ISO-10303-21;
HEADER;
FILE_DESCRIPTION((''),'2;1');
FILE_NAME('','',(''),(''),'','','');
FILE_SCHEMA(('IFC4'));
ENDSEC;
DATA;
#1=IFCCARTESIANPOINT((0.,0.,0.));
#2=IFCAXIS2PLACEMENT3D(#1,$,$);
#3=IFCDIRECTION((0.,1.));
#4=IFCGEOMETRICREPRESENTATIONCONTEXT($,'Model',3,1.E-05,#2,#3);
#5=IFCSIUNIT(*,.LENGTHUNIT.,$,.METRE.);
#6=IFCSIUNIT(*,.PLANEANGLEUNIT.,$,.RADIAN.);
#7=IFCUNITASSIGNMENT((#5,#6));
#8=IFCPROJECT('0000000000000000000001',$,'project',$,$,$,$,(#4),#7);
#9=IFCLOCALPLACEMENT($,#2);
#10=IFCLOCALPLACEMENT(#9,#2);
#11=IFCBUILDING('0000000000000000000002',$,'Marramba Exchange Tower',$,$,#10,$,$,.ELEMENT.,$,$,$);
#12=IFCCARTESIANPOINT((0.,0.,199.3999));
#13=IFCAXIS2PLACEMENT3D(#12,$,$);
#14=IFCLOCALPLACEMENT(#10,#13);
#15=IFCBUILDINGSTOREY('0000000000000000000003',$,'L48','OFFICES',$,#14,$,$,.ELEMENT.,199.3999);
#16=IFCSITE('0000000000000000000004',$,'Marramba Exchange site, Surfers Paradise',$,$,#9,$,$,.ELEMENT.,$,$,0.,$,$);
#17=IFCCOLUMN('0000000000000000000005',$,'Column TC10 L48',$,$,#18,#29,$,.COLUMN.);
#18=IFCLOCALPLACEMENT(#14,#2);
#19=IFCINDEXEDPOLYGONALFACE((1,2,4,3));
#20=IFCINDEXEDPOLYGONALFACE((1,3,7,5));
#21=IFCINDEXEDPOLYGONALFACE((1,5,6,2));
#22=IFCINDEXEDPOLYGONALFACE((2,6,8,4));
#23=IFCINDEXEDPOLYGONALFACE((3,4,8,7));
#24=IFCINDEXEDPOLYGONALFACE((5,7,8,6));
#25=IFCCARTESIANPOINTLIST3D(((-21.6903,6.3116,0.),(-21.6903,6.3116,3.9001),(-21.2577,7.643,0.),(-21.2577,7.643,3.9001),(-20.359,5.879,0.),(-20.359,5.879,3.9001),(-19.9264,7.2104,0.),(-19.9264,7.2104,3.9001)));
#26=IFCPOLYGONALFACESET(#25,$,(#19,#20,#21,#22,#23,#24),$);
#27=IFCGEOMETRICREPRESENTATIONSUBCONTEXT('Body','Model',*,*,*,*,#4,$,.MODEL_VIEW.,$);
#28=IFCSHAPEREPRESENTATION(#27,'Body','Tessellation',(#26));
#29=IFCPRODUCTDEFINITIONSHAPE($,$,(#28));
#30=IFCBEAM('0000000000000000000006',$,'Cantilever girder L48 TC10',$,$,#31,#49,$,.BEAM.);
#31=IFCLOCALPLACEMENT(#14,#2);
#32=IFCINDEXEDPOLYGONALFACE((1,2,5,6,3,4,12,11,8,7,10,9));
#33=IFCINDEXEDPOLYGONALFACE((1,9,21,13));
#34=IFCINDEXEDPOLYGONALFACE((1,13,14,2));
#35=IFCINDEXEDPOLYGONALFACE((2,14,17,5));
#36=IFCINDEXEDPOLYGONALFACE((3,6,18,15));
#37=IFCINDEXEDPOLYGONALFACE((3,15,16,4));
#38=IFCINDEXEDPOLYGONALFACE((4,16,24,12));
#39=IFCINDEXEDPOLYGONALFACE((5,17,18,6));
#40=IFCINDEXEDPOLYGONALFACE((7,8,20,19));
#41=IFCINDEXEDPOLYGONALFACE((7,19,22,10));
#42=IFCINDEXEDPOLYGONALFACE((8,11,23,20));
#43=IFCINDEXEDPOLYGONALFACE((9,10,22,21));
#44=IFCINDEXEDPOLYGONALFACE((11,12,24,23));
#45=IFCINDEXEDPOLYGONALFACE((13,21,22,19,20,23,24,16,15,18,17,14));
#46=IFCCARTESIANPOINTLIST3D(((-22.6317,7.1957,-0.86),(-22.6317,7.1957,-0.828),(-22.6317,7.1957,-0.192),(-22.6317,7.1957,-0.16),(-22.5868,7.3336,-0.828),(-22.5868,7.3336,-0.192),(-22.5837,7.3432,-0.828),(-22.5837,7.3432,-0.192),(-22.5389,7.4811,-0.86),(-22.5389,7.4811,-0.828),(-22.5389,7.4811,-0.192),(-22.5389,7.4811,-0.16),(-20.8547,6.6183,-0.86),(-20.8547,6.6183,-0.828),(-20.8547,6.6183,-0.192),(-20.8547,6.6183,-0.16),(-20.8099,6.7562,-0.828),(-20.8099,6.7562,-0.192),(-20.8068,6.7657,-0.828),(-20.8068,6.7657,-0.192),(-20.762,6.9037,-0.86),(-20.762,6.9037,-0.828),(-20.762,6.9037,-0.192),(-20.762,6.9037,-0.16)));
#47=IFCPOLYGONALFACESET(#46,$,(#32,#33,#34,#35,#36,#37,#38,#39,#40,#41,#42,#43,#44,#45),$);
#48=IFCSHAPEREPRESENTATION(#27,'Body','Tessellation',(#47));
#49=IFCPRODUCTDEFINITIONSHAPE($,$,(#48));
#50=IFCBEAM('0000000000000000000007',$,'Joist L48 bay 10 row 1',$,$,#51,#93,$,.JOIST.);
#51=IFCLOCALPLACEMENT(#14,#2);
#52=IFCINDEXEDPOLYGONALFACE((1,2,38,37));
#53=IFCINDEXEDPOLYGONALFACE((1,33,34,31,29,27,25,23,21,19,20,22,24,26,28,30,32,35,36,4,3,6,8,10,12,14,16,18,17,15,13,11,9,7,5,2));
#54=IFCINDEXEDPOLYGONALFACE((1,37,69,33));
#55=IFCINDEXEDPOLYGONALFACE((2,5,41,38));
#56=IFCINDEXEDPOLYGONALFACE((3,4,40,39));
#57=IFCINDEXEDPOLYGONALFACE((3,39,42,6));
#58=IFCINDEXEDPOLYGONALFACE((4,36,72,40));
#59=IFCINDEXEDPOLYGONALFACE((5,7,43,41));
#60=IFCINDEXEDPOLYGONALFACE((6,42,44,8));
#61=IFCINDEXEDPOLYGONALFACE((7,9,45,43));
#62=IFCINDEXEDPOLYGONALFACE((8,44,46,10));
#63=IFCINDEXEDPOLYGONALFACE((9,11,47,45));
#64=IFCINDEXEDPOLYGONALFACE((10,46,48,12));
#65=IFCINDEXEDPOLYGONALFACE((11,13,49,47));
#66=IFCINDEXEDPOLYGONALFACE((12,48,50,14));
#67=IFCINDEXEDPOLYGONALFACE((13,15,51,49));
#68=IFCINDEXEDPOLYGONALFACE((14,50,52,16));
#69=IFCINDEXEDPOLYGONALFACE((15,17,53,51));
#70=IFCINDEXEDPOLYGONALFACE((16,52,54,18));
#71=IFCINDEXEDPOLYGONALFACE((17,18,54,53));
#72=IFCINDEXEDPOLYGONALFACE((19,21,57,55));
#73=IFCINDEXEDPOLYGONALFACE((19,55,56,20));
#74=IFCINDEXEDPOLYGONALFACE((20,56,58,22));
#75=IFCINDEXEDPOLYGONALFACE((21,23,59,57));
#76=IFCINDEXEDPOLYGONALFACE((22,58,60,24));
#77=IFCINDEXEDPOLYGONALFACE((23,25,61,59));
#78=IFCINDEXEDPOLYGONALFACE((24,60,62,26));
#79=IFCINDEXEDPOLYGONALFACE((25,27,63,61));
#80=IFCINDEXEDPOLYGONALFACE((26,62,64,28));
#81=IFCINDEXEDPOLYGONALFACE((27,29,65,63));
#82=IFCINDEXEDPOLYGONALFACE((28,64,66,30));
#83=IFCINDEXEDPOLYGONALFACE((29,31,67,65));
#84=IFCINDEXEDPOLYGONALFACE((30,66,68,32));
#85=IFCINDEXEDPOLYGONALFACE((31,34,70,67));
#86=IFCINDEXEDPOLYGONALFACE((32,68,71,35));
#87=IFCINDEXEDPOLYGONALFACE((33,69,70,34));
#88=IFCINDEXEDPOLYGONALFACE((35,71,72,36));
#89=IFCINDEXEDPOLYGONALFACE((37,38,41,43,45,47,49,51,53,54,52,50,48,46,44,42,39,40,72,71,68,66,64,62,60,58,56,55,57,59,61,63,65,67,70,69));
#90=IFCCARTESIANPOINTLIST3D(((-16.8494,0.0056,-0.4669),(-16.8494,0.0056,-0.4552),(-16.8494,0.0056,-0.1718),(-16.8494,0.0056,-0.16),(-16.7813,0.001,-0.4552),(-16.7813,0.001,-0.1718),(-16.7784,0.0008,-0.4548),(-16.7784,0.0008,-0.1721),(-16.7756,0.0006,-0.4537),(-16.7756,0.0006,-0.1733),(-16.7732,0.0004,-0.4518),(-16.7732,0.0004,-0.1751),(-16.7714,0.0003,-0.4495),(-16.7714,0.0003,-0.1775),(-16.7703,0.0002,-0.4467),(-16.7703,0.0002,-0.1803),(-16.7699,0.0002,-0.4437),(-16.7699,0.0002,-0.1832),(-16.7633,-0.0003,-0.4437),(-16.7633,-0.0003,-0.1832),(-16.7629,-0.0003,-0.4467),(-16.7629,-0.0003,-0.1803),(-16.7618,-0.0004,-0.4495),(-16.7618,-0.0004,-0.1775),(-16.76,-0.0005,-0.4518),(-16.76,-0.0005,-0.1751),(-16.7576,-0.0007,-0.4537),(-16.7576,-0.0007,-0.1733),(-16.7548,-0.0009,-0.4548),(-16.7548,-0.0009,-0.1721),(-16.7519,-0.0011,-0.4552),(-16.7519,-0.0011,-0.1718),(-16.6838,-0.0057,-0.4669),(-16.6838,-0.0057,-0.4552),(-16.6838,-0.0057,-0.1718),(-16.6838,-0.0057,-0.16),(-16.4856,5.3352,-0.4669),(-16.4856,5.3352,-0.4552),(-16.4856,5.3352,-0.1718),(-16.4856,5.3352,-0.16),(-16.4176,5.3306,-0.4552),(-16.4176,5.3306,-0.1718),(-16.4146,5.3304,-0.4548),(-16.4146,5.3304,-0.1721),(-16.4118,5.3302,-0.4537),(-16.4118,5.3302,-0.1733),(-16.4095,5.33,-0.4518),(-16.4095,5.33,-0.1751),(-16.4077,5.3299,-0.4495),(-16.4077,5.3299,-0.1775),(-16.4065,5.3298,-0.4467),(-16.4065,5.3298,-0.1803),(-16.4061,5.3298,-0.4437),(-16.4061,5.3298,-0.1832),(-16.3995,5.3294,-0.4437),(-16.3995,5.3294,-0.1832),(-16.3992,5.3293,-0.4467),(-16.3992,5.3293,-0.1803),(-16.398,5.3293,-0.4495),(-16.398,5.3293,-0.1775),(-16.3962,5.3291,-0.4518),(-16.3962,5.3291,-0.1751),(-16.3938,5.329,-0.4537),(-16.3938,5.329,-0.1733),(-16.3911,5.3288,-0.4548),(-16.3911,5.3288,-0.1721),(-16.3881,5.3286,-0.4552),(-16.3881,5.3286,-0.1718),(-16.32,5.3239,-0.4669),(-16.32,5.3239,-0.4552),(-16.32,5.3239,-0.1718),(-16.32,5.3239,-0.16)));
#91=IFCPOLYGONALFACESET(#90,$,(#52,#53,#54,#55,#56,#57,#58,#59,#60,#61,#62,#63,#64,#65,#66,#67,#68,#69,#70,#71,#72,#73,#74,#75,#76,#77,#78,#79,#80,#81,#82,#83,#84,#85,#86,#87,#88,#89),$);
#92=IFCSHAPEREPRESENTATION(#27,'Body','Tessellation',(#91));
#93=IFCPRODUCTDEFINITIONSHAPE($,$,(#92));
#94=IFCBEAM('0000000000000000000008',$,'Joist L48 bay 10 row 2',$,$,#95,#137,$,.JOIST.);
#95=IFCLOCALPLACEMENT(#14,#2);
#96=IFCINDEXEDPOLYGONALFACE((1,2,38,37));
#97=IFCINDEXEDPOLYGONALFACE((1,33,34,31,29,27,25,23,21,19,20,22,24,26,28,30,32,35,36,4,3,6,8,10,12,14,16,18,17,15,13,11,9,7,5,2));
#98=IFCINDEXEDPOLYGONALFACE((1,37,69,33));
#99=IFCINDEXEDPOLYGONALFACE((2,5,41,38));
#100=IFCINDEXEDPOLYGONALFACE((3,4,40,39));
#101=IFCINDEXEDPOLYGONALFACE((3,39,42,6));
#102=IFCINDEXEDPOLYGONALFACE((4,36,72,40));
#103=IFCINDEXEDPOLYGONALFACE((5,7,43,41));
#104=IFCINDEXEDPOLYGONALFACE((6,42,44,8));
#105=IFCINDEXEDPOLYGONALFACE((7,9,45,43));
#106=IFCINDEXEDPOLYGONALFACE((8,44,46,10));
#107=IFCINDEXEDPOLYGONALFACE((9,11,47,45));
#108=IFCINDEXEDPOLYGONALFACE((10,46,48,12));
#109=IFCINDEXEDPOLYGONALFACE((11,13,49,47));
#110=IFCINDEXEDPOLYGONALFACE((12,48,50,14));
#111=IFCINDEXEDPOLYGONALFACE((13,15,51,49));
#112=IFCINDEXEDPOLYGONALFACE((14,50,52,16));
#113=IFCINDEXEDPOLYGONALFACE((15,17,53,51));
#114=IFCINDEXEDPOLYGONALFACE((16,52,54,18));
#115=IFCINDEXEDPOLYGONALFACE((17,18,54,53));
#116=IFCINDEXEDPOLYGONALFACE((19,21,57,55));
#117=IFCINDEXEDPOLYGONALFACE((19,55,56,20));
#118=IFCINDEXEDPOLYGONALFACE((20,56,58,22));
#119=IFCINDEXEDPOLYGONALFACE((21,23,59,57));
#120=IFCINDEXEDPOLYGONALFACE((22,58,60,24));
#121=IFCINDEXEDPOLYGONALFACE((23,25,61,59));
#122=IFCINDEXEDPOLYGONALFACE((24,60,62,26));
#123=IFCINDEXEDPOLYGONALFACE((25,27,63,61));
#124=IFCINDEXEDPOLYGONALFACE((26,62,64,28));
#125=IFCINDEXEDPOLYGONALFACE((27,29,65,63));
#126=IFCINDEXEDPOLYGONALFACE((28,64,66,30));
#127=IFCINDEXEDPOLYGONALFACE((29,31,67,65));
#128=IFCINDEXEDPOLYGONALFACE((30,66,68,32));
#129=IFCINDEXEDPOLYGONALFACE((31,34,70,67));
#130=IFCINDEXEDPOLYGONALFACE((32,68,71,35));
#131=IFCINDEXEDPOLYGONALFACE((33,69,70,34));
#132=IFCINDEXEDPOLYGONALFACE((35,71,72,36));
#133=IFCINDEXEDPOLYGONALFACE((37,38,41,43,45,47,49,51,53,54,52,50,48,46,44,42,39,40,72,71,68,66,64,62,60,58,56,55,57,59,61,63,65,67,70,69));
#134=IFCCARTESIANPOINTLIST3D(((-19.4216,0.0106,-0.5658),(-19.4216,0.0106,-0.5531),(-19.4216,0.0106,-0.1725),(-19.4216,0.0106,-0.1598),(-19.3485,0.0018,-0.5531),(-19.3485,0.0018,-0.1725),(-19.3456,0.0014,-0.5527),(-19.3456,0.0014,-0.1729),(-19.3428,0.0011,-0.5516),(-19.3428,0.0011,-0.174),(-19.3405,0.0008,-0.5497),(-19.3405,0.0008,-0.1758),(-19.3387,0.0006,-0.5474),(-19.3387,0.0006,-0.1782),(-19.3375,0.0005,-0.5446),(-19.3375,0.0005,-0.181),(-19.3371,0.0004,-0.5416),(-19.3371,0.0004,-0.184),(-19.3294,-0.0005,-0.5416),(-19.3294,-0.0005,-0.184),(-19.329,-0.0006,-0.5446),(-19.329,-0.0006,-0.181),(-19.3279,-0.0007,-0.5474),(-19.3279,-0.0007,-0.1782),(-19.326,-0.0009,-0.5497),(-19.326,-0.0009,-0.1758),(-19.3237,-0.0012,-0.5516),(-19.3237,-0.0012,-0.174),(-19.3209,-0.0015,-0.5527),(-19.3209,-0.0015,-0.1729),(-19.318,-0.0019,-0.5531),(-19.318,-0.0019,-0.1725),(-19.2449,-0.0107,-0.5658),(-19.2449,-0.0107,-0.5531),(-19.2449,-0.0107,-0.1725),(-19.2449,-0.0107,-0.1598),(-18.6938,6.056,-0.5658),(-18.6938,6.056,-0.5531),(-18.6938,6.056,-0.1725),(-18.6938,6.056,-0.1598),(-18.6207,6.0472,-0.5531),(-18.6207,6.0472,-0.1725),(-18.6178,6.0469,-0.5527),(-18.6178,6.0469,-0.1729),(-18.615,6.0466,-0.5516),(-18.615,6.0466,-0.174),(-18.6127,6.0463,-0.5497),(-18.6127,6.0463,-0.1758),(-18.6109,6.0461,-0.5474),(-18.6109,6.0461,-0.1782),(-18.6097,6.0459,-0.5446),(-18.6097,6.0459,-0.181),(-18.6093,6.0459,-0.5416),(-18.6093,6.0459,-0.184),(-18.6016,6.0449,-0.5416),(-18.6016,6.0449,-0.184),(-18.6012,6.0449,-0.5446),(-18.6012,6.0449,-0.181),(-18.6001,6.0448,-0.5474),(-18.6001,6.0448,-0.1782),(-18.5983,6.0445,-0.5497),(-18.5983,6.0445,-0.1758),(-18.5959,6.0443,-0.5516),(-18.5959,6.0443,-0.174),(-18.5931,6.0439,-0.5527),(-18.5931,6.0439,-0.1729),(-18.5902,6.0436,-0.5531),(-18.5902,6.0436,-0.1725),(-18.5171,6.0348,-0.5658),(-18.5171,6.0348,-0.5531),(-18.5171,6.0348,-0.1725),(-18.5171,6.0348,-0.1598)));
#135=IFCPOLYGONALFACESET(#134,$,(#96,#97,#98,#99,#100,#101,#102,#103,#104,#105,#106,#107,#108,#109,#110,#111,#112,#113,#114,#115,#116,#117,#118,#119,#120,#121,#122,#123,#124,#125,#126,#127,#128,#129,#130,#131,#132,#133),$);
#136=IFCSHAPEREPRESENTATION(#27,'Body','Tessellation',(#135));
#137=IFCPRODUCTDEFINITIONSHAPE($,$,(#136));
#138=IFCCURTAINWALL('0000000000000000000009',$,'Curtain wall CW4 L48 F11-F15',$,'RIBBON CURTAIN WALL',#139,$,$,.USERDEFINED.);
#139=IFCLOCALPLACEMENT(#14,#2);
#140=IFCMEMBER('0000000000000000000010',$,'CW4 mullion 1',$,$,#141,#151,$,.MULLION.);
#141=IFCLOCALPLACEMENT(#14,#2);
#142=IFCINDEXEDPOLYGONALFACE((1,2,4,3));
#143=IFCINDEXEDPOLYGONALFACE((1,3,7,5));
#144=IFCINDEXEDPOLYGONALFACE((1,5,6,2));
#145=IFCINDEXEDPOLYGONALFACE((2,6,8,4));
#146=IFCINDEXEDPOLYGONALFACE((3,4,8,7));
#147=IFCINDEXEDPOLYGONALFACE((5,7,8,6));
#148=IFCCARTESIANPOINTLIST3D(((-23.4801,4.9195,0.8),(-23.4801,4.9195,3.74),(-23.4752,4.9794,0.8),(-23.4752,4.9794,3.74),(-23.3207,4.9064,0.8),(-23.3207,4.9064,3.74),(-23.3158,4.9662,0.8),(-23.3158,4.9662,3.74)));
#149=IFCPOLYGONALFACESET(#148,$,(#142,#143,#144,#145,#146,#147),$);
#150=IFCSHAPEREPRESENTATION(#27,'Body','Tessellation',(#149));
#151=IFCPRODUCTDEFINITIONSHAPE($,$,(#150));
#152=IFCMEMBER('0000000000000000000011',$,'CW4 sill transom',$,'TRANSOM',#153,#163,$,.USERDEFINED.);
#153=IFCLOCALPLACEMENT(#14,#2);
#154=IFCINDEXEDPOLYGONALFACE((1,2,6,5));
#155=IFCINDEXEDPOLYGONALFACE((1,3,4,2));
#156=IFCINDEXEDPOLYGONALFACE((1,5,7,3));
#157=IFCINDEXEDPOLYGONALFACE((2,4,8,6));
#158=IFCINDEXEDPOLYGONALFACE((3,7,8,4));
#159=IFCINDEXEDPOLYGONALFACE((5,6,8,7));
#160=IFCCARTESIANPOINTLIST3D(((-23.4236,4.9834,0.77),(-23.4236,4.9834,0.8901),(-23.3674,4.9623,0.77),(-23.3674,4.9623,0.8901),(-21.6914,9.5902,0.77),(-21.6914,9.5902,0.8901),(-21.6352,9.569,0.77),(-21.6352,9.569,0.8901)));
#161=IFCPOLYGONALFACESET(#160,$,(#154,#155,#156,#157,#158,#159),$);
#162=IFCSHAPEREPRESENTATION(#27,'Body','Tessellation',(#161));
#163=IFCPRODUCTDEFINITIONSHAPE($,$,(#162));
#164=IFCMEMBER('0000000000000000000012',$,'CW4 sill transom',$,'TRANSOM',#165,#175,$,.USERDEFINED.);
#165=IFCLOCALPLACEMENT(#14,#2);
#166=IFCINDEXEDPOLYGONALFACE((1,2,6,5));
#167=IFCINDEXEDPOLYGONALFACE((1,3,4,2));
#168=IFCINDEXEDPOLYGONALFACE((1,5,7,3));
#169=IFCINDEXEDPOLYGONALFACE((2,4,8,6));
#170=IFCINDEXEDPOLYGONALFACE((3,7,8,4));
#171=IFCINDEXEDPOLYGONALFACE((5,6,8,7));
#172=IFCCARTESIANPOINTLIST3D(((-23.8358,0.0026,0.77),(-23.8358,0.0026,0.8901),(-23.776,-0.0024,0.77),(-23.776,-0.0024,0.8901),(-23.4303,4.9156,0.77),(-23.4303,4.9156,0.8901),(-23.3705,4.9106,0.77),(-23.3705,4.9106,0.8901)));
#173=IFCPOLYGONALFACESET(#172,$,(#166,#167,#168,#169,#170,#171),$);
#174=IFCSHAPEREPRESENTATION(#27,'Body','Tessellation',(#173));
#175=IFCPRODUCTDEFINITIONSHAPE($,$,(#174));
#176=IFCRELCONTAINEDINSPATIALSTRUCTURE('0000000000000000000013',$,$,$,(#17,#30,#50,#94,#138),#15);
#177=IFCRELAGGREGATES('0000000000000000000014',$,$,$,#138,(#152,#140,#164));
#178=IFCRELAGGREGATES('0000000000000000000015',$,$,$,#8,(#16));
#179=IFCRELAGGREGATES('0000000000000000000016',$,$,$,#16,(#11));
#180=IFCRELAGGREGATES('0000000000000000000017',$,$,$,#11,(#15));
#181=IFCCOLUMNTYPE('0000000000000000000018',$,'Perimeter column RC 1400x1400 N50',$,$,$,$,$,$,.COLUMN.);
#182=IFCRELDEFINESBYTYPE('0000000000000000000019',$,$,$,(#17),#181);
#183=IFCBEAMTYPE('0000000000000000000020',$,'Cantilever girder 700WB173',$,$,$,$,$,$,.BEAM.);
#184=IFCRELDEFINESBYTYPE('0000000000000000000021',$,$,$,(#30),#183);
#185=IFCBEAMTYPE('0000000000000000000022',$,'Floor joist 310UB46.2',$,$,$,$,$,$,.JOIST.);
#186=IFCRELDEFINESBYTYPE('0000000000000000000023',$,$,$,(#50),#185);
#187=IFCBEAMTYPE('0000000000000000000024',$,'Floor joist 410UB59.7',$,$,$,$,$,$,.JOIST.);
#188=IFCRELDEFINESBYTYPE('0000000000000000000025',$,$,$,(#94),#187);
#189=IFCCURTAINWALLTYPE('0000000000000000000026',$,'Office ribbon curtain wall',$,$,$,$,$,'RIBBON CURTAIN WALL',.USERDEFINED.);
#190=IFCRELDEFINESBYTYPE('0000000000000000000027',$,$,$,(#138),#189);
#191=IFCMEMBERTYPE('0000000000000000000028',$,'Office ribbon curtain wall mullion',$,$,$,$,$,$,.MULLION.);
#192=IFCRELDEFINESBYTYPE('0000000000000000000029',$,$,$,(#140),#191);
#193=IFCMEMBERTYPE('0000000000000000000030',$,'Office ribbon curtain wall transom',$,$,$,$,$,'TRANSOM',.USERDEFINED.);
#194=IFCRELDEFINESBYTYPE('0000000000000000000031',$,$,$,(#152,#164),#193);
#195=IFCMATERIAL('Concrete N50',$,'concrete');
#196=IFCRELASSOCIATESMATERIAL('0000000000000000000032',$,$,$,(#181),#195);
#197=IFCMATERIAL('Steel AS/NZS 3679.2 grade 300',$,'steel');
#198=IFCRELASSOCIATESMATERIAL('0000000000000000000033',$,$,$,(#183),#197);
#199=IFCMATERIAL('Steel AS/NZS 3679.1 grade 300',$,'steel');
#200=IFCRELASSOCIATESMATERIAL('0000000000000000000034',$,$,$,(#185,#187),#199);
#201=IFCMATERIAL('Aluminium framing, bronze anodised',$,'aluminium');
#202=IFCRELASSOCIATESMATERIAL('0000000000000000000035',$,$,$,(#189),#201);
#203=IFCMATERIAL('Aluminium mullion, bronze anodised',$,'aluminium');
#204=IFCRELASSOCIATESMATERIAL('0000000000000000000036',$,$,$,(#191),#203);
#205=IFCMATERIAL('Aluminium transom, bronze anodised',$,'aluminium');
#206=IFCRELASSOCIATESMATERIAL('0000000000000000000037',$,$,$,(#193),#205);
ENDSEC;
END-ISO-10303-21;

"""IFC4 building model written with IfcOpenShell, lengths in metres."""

from ifc_helpers import new_model, si_unit, direction, frame, origin, origin_2d, place, context, subcontext, project, spatial, rectangle, i_section, extrude, material, material_profile, profile_set, type_object, element, aggregate, save


model = new_model("IFC4")

# Units and contexts
model_context = context("Model", 3, precision=1e-05, world=origin(), true_north=direction((0.0, 1.0)))
body_context = subcontext(model_context, "Body", "Model", "MODEL_VIEW")
ifc_project = project(units=[si_unit("LENGTHUNIT", "METRE"), si_unit("PLANEANGLEUNIT", "RADIAN")], contexts=[model_context])

# Site, building, storey
site_placement = place(None, origin())
site = spatial("IfcSite", under=ifc_project, at=site_placement, Name="Marramba Exchange site, Surfers Paradise", CompositionType="ELEMENT", RefElevation=0.0)
building_placement = place(site_placement, origin())
building = spatial("IfcBuilding", under=site, at=building_placement, Name="Marramba Exchange Tower", CompositionType="ELEMENT")
storey_placement = place(building_placement, frame((0.0, 0.0, 199.3999)))
storey = spatial("IfcBuildingStorey", under=building, at=storey_placement, Name="L48", Description="OFFICES", CompositionType="ELEMENT", Elevation=199.3999)

# Column
ifc_material_1 = material(Name="Concrete N50", Category="concrete")
ifc_material_profile_1 = material_profile(ifc_material_1, rectangle(XDim=1.3999, YDim=1.3999, at=origin_2d()), Name="RC 1400x1400")
ifc_profile_set_1 = profile_set([ifc_material_profile_1], Name="Concrete N50")
column_type = type_object("IfcColumnType", Name="Perimeter column RC 1400x1400 N50", PredefinedType="COLUMN", material=ifc_profile_set_1)
column_placement = place(storey_placement, frame((-20.8083, 6.761, 0.0), z_axis=(0.0, 0.0, 1.0), x_axis=(-0.951057, 0.309017, 0.0)))
element("IfcColumn", 1, at=column_placement, inside=storey, type_object=column_type, Name="Column TC10 L48", PredefinedType="COLUMN", context=body_context, shape_type="SweptSolid", body=[
    extrude(rectangle(XDim=1.3999, YDim=1.3999, at=origin_2d()), origin(), (0.0, 0.0, 1.0), 3.9001),
])

# Beams
ifc_material_2 = material(Name="Steel AS/NZS 3679.2 grade 300", Category="steel")
ifc_material_profile_2 = material_profile(ifc_material_2, i_section(OverallWidth=0.3, OverallDepth=0.7, WebThickness=0.01, FlangeThickness=0.032, at=origin_2d()), Name="700WB173")
ifc_profile_set_2 = profile_set([ifc_material_profile_2], Name="Steel AS/NZS 3679.2 grade 300")
beam_type_1 = type_object("IfcBeamType", Name="Cantilever girder 700WB173", PredefinedType="BEAM", material=ifc_profile_set_2)
beam_1_placement = place(storey_placement, frame((-20.8083, 6.761, -0.51), z_axis=(-0.951048, 0.309045, 0.0), x_axis=(-0.309045, -0.951048, 0.0)))
element("IfcBeam", 2, at=beam_1_placement, inside=storey, type_object=beam_type_1, Name="Cantilever girder L48 TC10", PredefinedType="BEAM", context=body_context, shape_type="SweptSolid", body=[
    extrude(i_section(OverallWidth=0.3, OverallDepth=0.7, WebThickness=0.01, FlangeThickness=0.032, at=origin_2d()), origin(), (0.0, 0.0, 1.0), 1.8684),
])
ifc_material_3 = material(Name="Steel AS/NZS 3679.1 grade 300", Category="steel")
ifc_material_profile_3 = material_profile(ifc_material_3, i_section(OverallWidth=0.166, OverallDepth=0.3069, WebThickness=0.0066, FlangeThickness=0.0117, FilletRadius=0.0115, at=origin_2d()), Name="310UB46.2")
ifc_profile_set_3 = profile_set([ifc_material_profile_3], Name="Steel AS/NZS 3679.1 grade 300")
beam_type_2 = type_object("IfcBeamType", Name="Floor joist 310UB46.2", PredefinedType="JOIST", material=ifc_profile_set_3)
beam_2_placement = place(storey_placement, frame((-16.4028, 5.3296, -0.3135), z_axis=(-0.068096, -0.997679, 0.0), x_axis=(0.997679, -0.068096, 0.0)))
element("IfcBeam", 3, at=beam_2_placement, inside=storey, type_object=beam_type_2, Name="Joist L48 bay 10 row 1", PredefinedType="JOIST", context=body_context, shape_type="SweptSolid", body=[
    extrude(i_section(OverallWidth=0.166, OverallDepth=0.3069, WebThickness=0.0066, FlangeThickness=0.0117, FilletRadius=0.0115, at=origin_2d()), origin(), (0.0, 0.0, 1.0), 5.342),
])
ifc_material_profile_4 = material_profile(ifc_material_3, i_section(OverallWidth=0.178, OverallDepth=0.406, WebThickness=0.0078, FlangeThickness=0.0127, FilletRadius=0.0115, at=origin_2d()), Name="410UB59.7")
ifc_profile_set_4 = profile_set([ifc_material_profile_4], Name="Steel AS/NZS 3679.1 grade 300")
beam_type_3 = type_object("IfcBeamType", Name="Floor joist 410UB59.7", PredefinedType="JOIST", material=ifc_profile_set_4)
beam_3_placement = place(storey_placement, frame((-18.6055, 6.0454, -0.3628), z_axis=(-0.119523, -0.992831, 0.0), x_axis=(0.992831, -0.119523, 0.0)))
element("IfcBeam", 4, at=beam_3_placement, inside=storey, type_object=beam_type_3, Name="Joist L48 bay 10 row 2", PredefinedType="JOIST", context=body_context, shape_type="SweptSolid", body=[
    extrude(i_section(OverallWidth=0.178, OverallDepth=0.406, WebThickness=0.0078, FlangeThickness=0.0127, FilletRadius=0.0115, at=origin_2d()), origin(), (0.0, 0.0, 1.0), 6.0891),
])

# Curtain wall, members
ifc_material_4 = material(Name="Aluminium framing, bronze anodised", Category="aluminium")
curtain_wall_type = type_object("IfcCurtainWallType", Name="Office ribbon curtain wall", ElementType="RIBBON CURTAIN WALL", PredefinedType="USERDEFINED", material=ifc_material_4)
curtain_wall_placement = place(storey_placement, origin())
curtain_wall = element("IfcCurtainWall", 5, at=curtain_wall_placement, inside=storey, type_object=curtain_wall_type, Name="Curtain wall CW4 L48 F11-F15", ObjectType="RIBBON CURTAIN WALL", PredefinedType="USERDEFINED")
ifc_material_5 = material(Name="Aluminium mullion, bronze anodised", Category="aluminium")
ifc_material_profile_5 = material_profile(ifc_material_5, rectangle(XDim=0.1599, YDim=0.0601, at=origin_2d()), Name="CW4 mullion 60x160")
ifc_profile_set_5 = profile_set([ifc_material_profile_5], Name="Aluminium mullion, bronze anodised")
member_type_1 = type_object("IfcMemberType", Name="Office ribbon curtain wall mullion", PredefinedType="MULLION", material=ifc_profile_set_5)
member_1_placement = place(storey_placement, frame((-23.3979, 4.9429, 0.8), z_axis=(0.0, 0.0, 1.0), x_axis=(0.996609, -0.082281, 0.0)))
member_1 = element("IfcMember", 6, at=member_1_placement, type_object=member_type_1, Name="CW4 mullion 1", PredefinedType="MULLION", context=body_context, shape_type="SweptSolid", body=[
    extrude(rectangle(XDim=0.1599, YDim=0.0601, at=origin_2d()), origin(), (0.0, 0.0, 1.0), 2.9399),
])
ifc_material_6 = material(Name="Aluminium transom, bronze anodised", Category="aluminium")
ifc_material_profile_6 = material_profile(ifc_material_6, rectangle(XDim=0.0601, YDim=0.1201, at=origin_2d()), Name="CW4 transom 60x120")
ifc_profile_set_6 = profile_set([ifc_material_profile_6], Name="Aluminium transom, bronze anodised")
member_type_2 = type_object("IfcMemberType", Name="Office ribbon curtain wall transom", ElementType="TRANSOM", PredefinedType="USERDEFINED", material=ifc_profile_set_6)
member_2_placement = place(storey_placement, frame((-21.6633, 9.5796, 0.8301), z_axis=(-0.351955, -0.936017, 0.0), x_axis=(0.936017, -0.351955, 0.0)))
member_2 = element("IfcMember", 7, at=member_2_placement, type_object=member_type_2, Name="CW4 sill transom", ObjectType="TRANSOM", PredefinedType="USERDEFINED", context=body_context, shape_type="SweptSolid", body=[
    extrude(rectangle(XDim=0.0601, YDim=0.1201, at=origin_2d()), origin(), (0.0, 0.0, 1.0), 4.9216),
])
member_3_placement = place(storey_placement, frame((-23.4004, 4.9131, 0.8301), z_axis=(-0.082259, -0.996611, 0.0), x_axis=(0.996611, -0.082259, 0.0)))
member_3 = element("IfcMember", 8, at=member_3_placement, type_object=member_type_2, Name="CW4 sill transom", ObjectType="TRANSOM", PredefinedType="USERDEFINED", context=body_context, shape_type="SweptSolid", body=[
    extrude(rectangle(XDim=0.0601, YDim=0.1201, at=origin_2d()), origin(), (0.0, 0.0, 1.0), 4.9297),
])

aggregate(curtain_wall, [member_2, member_1, member_3])

save(model, "model.ifc")
